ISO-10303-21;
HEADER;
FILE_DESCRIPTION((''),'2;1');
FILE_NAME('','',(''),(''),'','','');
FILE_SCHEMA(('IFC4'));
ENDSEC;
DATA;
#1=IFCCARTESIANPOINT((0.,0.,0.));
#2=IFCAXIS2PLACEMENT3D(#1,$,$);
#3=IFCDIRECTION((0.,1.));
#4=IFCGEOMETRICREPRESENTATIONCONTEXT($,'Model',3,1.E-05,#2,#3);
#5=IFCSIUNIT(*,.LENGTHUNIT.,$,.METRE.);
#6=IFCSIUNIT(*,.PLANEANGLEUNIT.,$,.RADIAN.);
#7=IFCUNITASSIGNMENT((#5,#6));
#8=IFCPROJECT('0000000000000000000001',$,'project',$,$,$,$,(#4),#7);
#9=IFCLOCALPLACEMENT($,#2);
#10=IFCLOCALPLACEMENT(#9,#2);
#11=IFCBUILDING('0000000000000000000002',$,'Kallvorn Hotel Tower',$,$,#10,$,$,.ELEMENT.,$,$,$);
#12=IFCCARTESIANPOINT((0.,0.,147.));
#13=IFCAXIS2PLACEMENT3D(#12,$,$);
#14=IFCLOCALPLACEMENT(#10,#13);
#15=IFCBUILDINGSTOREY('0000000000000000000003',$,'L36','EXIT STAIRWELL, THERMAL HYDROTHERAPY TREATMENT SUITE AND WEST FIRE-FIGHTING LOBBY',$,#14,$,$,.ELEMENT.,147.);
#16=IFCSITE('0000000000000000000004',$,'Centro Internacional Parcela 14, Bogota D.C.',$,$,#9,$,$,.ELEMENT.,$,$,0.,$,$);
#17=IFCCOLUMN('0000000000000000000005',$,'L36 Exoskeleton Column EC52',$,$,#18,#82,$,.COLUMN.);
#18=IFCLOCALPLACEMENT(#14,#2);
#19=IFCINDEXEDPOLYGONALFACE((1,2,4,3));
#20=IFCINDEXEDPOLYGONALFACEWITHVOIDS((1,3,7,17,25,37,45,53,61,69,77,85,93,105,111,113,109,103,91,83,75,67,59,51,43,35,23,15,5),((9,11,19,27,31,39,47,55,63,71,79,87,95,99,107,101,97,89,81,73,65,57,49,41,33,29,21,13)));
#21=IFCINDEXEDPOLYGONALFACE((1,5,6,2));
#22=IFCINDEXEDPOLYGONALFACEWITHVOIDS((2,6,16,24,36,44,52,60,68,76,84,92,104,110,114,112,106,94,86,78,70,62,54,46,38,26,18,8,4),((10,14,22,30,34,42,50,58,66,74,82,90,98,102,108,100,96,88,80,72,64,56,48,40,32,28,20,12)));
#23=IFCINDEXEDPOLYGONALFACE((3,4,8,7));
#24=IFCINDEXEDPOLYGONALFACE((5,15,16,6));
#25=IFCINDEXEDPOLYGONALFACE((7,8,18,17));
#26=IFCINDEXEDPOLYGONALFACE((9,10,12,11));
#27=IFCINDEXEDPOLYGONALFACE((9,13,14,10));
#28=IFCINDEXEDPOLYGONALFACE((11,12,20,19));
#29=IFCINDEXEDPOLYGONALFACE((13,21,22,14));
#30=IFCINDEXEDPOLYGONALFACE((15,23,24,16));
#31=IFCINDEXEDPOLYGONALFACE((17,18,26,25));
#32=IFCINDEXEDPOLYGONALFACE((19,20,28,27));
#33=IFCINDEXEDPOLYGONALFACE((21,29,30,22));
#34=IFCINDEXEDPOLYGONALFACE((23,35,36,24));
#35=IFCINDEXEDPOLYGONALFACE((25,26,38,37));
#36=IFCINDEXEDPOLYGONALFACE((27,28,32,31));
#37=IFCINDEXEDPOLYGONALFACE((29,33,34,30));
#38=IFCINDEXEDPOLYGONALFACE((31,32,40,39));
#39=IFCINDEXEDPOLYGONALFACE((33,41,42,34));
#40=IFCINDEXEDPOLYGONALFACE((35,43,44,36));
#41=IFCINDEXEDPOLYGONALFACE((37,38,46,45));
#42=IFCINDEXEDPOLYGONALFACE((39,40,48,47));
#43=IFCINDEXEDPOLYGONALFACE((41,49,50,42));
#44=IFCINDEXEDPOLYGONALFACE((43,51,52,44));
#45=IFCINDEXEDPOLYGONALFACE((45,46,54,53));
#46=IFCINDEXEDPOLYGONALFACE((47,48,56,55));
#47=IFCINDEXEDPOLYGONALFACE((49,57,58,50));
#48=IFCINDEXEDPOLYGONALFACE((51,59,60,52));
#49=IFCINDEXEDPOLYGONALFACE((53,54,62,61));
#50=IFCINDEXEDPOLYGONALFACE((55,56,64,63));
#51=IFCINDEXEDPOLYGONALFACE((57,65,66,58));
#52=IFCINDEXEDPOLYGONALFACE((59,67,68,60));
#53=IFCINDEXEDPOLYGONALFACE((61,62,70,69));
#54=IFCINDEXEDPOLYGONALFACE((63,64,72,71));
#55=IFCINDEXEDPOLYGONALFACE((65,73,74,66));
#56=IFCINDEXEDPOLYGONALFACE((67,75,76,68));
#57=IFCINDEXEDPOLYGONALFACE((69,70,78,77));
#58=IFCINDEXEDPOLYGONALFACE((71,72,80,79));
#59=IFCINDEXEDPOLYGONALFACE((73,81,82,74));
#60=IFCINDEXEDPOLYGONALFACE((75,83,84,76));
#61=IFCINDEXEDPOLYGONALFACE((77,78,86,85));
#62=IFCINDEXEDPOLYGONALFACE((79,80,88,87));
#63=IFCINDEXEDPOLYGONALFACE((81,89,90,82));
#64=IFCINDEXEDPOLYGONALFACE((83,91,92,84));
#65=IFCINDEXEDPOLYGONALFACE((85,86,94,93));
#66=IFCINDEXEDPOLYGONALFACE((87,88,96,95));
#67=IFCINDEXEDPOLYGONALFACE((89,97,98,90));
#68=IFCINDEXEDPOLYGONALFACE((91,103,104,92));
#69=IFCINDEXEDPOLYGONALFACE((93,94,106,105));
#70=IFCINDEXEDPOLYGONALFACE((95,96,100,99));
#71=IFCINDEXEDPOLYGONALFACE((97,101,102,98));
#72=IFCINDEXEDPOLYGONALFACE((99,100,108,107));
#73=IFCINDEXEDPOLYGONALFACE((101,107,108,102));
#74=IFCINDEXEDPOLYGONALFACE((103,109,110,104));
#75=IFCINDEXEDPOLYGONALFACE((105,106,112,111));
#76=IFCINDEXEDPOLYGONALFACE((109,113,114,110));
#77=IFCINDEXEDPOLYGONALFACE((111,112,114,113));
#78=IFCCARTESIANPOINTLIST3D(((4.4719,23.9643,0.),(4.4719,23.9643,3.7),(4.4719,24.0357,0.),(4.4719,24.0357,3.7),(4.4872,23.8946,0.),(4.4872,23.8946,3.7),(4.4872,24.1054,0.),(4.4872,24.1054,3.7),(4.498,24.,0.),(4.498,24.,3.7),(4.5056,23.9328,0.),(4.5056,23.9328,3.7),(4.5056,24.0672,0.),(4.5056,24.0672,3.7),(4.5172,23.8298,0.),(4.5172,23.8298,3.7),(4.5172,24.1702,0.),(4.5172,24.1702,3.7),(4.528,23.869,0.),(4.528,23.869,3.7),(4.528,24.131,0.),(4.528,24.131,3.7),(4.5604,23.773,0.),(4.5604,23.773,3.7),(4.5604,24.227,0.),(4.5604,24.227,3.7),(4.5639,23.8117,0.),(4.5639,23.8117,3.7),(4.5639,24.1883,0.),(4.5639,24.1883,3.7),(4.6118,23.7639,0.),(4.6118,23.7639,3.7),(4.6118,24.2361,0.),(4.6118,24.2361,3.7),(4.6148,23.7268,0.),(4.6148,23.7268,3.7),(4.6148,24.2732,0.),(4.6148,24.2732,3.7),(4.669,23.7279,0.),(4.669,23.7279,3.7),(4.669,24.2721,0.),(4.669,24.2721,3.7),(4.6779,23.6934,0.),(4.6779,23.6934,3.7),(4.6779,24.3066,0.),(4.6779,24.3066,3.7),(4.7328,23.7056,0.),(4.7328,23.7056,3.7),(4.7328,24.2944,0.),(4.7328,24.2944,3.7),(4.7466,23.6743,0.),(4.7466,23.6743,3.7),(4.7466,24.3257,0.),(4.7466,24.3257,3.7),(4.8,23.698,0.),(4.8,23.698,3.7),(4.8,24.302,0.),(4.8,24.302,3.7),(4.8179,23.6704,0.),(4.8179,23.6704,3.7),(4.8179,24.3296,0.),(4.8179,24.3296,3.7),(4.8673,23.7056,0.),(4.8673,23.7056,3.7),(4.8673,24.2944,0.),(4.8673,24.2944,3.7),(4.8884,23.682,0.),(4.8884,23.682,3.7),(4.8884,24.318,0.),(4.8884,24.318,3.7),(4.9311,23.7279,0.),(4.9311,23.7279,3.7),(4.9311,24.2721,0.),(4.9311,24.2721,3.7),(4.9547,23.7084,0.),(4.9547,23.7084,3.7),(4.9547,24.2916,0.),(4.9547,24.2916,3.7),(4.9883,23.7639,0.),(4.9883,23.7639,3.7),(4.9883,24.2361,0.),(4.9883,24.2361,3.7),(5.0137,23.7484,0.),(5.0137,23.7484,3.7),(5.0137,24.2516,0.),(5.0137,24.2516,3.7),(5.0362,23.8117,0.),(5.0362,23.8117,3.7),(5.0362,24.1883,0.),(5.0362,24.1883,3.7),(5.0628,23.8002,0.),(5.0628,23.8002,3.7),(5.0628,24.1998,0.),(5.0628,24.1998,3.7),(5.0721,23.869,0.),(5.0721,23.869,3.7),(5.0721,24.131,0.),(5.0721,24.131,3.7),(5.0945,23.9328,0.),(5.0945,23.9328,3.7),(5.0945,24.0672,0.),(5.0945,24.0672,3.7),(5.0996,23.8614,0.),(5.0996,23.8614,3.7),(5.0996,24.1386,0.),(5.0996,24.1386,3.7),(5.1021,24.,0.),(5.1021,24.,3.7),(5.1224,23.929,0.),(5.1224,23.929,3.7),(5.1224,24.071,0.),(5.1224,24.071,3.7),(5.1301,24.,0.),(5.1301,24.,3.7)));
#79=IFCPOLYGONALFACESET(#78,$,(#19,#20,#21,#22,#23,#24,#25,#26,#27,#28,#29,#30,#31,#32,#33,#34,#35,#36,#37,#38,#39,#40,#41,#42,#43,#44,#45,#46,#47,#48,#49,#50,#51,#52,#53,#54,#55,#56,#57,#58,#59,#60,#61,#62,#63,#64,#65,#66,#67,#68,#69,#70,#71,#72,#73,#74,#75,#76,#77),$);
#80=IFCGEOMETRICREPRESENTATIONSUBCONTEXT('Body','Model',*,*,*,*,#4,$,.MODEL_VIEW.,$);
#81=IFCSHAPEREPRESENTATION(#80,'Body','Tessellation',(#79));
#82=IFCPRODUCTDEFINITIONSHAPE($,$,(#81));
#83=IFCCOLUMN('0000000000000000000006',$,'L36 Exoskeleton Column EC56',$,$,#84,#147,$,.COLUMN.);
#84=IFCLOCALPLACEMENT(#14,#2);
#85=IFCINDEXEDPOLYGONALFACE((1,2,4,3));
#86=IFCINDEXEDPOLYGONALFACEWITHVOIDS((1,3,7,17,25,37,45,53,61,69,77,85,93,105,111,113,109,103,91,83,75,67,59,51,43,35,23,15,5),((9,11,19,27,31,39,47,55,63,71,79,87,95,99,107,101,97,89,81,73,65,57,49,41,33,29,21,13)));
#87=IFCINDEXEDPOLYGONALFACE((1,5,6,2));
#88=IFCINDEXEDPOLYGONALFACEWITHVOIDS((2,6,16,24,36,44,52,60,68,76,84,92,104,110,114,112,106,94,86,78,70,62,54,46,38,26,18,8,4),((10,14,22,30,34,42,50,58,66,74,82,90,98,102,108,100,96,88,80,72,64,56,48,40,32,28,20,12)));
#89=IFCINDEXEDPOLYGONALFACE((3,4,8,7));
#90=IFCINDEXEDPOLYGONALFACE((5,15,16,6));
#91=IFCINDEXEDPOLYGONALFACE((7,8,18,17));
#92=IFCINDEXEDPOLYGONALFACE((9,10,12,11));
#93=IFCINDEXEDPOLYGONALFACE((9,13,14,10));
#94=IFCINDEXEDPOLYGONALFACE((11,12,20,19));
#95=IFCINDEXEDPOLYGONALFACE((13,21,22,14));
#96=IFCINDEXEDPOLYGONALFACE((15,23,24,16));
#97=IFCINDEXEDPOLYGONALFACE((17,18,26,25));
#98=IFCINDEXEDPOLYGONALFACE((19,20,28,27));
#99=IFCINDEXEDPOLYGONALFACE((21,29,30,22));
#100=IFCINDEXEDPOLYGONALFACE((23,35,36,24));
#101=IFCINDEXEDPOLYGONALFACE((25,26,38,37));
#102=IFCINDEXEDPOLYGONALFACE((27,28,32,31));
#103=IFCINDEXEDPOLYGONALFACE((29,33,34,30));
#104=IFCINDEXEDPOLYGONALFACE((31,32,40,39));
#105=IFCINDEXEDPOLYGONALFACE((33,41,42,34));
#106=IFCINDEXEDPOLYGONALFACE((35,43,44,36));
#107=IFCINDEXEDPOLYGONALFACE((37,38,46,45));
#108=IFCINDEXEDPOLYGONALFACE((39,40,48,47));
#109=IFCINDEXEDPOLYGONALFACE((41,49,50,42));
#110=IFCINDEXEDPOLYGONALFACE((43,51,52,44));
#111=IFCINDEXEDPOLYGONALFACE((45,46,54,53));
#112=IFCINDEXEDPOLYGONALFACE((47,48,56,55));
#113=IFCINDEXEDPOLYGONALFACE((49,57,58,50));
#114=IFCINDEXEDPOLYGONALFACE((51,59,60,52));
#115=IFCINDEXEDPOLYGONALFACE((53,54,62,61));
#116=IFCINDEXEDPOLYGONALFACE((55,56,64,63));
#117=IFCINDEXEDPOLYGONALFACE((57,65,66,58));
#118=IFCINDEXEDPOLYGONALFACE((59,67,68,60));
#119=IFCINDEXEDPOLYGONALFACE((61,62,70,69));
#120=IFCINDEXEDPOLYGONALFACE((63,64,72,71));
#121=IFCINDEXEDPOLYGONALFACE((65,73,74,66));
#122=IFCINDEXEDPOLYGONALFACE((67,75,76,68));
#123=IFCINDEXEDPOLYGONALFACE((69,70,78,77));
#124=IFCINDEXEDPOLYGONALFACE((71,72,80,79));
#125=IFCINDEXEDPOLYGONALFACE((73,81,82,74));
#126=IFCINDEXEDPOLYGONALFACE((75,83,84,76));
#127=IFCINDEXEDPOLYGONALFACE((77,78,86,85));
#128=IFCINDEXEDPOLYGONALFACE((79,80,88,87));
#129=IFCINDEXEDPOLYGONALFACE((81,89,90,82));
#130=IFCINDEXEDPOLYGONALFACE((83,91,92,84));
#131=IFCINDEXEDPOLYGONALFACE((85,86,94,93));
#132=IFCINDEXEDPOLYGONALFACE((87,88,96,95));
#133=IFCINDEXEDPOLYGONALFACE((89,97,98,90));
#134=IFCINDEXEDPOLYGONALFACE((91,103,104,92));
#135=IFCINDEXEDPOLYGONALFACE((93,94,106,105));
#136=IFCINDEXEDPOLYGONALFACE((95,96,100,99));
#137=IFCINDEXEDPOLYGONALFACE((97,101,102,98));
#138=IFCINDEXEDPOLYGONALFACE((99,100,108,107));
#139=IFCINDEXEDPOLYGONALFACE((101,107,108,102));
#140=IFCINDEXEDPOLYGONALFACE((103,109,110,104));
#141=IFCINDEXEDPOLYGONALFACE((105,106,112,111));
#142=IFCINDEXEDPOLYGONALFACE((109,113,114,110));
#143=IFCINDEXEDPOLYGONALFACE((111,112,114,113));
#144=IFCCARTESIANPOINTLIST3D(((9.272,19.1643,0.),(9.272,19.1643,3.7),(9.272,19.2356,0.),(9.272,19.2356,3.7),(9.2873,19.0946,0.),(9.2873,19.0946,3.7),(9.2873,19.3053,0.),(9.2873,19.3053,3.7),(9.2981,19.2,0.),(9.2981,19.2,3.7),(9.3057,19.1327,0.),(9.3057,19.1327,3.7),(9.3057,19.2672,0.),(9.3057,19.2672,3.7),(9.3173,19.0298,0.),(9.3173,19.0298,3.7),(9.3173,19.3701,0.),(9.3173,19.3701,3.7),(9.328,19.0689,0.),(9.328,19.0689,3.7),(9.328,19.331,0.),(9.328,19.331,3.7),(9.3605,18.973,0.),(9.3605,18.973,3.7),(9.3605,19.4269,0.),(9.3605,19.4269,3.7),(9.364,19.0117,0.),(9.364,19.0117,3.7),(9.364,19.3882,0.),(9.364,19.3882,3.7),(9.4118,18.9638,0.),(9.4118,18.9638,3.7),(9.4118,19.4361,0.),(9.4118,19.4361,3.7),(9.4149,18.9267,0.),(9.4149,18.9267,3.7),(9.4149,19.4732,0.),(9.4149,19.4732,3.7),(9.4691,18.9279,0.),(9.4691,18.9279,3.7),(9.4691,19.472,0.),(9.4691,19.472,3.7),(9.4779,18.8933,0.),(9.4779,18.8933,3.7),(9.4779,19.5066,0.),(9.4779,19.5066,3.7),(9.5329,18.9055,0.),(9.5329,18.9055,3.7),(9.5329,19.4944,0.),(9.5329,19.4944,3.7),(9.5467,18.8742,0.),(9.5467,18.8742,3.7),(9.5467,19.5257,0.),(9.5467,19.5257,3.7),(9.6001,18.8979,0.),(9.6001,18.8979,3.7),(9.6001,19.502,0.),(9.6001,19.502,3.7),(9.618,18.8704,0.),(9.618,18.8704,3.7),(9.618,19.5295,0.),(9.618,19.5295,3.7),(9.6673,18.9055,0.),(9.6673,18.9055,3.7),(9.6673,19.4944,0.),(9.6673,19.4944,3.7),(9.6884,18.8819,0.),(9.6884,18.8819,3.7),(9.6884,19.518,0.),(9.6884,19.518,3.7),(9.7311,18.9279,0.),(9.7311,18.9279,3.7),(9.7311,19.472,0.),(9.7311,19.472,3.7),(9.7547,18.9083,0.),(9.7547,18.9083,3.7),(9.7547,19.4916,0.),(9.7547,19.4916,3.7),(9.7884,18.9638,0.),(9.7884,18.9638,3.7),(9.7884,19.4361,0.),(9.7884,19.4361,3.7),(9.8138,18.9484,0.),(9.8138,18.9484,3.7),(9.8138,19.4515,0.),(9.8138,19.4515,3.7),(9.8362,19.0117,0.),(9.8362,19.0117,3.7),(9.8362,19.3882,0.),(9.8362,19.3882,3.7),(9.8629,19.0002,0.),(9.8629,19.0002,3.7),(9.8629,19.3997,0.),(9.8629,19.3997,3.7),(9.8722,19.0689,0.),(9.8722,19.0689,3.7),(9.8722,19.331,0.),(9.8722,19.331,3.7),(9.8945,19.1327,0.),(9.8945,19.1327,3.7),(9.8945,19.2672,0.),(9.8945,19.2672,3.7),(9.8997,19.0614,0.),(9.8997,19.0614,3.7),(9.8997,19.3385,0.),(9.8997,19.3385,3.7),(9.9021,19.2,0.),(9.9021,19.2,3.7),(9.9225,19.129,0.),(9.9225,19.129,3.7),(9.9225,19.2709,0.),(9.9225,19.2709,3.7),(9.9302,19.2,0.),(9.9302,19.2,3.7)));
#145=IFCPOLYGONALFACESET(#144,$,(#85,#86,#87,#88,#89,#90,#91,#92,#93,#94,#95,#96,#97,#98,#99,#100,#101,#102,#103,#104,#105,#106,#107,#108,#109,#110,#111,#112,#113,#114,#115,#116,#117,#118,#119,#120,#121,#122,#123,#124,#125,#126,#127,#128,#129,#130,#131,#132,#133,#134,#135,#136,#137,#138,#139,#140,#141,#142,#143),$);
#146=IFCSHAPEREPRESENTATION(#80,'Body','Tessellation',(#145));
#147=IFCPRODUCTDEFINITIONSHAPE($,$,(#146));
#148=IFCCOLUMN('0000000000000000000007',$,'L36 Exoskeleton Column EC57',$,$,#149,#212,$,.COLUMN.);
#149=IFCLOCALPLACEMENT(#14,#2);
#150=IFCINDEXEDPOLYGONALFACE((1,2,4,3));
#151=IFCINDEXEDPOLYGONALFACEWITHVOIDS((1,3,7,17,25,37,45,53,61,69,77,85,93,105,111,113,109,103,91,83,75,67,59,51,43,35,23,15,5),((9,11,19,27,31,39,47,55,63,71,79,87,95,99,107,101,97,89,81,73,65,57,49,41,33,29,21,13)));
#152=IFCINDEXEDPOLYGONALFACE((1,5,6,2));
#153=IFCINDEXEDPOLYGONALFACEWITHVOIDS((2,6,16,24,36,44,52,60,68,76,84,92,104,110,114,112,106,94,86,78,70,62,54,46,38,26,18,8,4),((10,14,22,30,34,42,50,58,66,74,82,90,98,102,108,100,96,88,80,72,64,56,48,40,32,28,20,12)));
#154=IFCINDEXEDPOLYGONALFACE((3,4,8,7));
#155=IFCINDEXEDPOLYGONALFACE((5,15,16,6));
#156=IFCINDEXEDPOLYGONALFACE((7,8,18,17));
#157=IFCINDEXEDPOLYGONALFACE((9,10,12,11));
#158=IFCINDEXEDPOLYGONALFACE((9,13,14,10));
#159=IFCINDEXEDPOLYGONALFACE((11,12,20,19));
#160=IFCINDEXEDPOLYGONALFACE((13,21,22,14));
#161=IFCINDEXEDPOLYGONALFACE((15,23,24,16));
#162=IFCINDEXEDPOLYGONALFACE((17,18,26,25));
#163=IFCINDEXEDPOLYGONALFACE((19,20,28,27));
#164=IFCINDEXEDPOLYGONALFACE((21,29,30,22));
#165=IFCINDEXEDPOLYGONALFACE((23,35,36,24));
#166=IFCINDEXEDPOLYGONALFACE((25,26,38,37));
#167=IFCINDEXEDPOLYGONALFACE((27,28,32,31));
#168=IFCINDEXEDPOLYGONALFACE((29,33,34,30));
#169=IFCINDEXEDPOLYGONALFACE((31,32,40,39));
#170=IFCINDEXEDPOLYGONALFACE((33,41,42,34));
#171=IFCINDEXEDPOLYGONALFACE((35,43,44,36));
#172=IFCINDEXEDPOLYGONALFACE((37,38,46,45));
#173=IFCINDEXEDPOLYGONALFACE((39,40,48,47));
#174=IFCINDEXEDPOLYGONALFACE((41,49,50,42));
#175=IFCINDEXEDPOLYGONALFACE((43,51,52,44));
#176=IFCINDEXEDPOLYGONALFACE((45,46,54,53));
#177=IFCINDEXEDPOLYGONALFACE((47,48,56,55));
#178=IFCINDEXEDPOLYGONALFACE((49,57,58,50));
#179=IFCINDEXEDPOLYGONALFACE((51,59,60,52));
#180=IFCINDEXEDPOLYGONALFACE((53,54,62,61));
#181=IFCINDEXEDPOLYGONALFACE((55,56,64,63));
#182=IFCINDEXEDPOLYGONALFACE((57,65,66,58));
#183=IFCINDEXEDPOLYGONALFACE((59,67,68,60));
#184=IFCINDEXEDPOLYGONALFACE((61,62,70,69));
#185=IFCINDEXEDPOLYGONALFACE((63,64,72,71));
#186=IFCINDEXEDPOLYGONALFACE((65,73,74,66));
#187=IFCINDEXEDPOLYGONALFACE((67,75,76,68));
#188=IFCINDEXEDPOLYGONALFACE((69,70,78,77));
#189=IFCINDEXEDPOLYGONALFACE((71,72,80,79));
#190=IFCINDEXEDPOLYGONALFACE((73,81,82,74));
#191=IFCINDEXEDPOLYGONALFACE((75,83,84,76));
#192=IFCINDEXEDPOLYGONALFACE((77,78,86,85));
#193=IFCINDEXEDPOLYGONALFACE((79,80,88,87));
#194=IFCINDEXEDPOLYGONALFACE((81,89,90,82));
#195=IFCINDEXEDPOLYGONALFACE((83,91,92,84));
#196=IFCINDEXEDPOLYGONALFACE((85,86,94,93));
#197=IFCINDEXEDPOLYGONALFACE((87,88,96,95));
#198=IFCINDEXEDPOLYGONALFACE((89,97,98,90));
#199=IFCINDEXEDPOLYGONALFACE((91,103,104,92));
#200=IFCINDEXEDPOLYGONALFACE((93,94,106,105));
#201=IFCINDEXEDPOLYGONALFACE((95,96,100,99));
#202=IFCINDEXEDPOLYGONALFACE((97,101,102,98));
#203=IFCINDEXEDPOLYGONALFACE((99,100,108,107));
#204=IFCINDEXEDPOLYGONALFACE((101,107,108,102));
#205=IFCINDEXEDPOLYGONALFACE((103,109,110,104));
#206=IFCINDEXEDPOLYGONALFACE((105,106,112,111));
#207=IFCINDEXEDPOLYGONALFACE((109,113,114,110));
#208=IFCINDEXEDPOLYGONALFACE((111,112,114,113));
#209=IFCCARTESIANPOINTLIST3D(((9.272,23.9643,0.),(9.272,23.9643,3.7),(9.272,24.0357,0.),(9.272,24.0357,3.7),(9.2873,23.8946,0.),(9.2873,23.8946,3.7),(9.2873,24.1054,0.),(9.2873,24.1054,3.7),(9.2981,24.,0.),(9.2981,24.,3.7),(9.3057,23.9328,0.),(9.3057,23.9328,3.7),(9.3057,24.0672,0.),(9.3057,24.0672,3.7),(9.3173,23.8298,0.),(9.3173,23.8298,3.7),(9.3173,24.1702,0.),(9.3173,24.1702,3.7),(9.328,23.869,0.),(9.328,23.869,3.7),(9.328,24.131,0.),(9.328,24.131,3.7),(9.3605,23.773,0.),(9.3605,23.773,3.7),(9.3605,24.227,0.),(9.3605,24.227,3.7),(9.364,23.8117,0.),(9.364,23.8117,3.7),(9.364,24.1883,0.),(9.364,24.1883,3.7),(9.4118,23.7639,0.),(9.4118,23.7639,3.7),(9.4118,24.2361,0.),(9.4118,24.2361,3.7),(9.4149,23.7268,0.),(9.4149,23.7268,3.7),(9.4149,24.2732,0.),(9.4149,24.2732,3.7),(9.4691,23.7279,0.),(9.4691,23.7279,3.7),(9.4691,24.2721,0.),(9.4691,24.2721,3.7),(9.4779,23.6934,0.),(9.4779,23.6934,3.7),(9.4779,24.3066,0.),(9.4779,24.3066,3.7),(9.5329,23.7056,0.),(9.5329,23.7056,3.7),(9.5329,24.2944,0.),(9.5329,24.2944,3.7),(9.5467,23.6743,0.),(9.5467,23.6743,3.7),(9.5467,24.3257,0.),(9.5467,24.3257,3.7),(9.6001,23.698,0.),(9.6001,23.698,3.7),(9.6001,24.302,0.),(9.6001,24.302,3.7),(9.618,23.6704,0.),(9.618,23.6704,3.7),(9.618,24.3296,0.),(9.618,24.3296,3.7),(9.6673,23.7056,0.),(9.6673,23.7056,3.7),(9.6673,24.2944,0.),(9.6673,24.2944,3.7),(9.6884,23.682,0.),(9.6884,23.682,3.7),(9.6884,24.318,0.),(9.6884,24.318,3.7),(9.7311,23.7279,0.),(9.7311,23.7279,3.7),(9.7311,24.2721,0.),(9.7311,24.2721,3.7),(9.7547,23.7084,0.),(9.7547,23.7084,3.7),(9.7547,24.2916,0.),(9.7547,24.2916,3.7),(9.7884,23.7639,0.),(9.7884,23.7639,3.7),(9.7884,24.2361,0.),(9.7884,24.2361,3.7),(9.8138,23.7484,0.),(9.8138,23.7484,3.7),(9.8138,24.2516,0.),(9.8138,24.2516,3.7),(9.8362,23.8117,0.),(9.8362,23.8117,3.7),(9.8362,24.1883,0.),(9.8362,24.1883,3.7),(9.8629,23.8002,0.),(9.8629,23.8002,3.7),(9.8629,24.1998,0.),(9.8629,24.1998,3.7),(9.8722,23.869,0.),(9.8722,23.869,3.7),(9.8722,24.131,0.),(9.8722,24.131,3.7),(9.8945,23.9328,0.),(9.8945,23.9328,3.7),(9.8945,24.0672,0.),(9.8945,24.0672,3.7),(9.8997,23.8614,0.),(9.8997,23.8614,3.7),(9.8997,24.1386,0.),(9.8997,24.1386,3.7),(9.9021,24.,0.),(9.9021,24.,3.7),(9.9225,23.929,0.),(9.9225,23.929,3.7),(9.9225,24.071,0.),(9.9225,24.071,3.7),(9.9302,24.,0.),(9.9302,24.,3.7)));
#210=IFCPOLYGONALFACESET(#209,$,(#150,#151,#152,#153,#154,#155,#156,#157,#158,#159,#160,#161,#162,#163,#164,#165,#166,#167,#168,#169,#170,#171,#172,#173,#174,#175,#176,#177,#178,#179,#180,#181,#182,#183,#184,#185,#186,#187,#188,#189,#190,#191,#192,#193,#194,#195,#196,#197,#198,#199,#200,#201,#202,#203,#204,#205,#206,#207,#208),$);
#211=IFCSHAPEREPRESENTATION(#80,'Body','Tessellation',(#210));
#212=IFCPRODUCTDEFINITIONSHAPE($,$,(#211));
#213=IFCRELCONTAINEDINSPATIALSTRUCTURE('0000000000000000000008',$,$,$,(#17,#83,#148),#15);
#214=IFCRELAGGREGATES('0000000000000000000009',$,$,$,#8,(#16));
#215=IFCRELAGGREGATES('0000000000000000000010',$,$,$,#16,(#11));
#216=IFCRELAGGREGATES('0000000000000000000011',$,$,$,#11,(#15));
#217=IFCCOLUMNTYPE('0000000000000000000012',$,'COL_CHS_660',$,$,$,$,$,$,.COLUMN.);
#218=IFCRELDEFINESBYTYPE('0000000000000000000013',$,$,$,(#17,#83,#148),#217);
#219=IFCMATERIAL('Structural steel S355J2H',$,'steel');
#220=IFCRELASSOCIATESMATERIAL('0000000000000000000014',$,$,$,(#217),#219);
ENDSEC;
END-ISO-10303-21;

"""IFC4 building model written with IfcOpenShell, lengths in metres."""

from ifc_helpers import new_model, si_unit, direction, frame, origin, origin_2d, place, context, subcontext, project, spatial, hollow_circle, extrude, material, material_profile, profile_set, type_object, element, save


model = new_model("IFC4")

# Units and contexts
model_context = context("Model", 3, precision=1e-05, world=origin(), true_north=direction((0.0, 1.0)))
body_context = subcontext(model_context, "Body", "Model", "MODEL_VIEW")
ifc_project = project(units=[si_unit("LENGTHUNIT", "METRE"), si_unit("PLANEANGLEUNIT", "RADIAN")], contexts=[model_context])

# Site, building, storey
site_placement = place(None, origin())
site = spatial("IfcSite", under=ifc_project, at=site_placement, Name="Centro Internacional Parcela 14, Bogota D.C.", CompositionType="ELEMENT", RefElevation=0.0)
building_placement = place(site_placement, origin())
building = spatial("IfcBuilding", under=site, at=building_placement, Name="Kallvorn Hotel Tower", CompositionType="ELEMENT")
storey_placement = place(building_placement, frame((0.0, 0.0, 147.0)))
storey = spatial("IfcBuildingStorey", under=building, at=storey_placement, Name="L36", Description="EXIT STAIRWELL, THERMAL HYDROTHERAPY TREATMENT SUITE AND WEST FIRE-FIGHTING LOBBY", CompositionType="ELEMENT", Elevation=147.0)

# Columns
ifc_material_1 = material(Name="Structural steel S355J2H", Category="steel")
ifc_material_profile_1 = material_profile(ifc_material_1, hollow_circle(Radius=0.3301, WallThickness=0.0281, at=origin_2d()), Name="CHS 660x28")
ifc_profile_set_1 = profile_set([ifc_material_profile_1], Name="Structural steel S355J2H")
column_type_1 = type_object("IfcColumnType", Name="COL_CHS_660", PredefinedType="COLUMN", material=ifc_profile_set_1)
for number, where, z_axis, x_axis, name in (
    (1, (4.8, 24.0, 0.0), (0.0, 0.0, 1.0), (1.0, 0.0, 0.0), "L36 Exoskeleton Column EC52"),
    (2, (9.6001, 19.2, 0.0), (0.0, 0.0, 1.0), (1.0, 0.0, 0.0), "L36 Exoskeleton Column EC56"),
    (3, (9.6001, 24.0, 0.0), (0.0, 0.0, 1.0), (1.0, 0.0, 0.0), "L36 Exoskeleton Column EC57"),
):
    element("IfcColumn", number, at=place(storey_placement, frame(where, z_axis=z_axis, x_axis=x_axis)), inside=storey, type_object=column_type_1, Name=name, PredefinedType="COLUMN", context=body_context, shape_type="SweptSolid", body=[
        extrude(hollow_circle(Radius=0.3301, WallThickness=0.0281, at=origin_2d()), origin(), (0.0, 0.0, 1.0), 3.7),
    ])

save(model, "model.ifc")
